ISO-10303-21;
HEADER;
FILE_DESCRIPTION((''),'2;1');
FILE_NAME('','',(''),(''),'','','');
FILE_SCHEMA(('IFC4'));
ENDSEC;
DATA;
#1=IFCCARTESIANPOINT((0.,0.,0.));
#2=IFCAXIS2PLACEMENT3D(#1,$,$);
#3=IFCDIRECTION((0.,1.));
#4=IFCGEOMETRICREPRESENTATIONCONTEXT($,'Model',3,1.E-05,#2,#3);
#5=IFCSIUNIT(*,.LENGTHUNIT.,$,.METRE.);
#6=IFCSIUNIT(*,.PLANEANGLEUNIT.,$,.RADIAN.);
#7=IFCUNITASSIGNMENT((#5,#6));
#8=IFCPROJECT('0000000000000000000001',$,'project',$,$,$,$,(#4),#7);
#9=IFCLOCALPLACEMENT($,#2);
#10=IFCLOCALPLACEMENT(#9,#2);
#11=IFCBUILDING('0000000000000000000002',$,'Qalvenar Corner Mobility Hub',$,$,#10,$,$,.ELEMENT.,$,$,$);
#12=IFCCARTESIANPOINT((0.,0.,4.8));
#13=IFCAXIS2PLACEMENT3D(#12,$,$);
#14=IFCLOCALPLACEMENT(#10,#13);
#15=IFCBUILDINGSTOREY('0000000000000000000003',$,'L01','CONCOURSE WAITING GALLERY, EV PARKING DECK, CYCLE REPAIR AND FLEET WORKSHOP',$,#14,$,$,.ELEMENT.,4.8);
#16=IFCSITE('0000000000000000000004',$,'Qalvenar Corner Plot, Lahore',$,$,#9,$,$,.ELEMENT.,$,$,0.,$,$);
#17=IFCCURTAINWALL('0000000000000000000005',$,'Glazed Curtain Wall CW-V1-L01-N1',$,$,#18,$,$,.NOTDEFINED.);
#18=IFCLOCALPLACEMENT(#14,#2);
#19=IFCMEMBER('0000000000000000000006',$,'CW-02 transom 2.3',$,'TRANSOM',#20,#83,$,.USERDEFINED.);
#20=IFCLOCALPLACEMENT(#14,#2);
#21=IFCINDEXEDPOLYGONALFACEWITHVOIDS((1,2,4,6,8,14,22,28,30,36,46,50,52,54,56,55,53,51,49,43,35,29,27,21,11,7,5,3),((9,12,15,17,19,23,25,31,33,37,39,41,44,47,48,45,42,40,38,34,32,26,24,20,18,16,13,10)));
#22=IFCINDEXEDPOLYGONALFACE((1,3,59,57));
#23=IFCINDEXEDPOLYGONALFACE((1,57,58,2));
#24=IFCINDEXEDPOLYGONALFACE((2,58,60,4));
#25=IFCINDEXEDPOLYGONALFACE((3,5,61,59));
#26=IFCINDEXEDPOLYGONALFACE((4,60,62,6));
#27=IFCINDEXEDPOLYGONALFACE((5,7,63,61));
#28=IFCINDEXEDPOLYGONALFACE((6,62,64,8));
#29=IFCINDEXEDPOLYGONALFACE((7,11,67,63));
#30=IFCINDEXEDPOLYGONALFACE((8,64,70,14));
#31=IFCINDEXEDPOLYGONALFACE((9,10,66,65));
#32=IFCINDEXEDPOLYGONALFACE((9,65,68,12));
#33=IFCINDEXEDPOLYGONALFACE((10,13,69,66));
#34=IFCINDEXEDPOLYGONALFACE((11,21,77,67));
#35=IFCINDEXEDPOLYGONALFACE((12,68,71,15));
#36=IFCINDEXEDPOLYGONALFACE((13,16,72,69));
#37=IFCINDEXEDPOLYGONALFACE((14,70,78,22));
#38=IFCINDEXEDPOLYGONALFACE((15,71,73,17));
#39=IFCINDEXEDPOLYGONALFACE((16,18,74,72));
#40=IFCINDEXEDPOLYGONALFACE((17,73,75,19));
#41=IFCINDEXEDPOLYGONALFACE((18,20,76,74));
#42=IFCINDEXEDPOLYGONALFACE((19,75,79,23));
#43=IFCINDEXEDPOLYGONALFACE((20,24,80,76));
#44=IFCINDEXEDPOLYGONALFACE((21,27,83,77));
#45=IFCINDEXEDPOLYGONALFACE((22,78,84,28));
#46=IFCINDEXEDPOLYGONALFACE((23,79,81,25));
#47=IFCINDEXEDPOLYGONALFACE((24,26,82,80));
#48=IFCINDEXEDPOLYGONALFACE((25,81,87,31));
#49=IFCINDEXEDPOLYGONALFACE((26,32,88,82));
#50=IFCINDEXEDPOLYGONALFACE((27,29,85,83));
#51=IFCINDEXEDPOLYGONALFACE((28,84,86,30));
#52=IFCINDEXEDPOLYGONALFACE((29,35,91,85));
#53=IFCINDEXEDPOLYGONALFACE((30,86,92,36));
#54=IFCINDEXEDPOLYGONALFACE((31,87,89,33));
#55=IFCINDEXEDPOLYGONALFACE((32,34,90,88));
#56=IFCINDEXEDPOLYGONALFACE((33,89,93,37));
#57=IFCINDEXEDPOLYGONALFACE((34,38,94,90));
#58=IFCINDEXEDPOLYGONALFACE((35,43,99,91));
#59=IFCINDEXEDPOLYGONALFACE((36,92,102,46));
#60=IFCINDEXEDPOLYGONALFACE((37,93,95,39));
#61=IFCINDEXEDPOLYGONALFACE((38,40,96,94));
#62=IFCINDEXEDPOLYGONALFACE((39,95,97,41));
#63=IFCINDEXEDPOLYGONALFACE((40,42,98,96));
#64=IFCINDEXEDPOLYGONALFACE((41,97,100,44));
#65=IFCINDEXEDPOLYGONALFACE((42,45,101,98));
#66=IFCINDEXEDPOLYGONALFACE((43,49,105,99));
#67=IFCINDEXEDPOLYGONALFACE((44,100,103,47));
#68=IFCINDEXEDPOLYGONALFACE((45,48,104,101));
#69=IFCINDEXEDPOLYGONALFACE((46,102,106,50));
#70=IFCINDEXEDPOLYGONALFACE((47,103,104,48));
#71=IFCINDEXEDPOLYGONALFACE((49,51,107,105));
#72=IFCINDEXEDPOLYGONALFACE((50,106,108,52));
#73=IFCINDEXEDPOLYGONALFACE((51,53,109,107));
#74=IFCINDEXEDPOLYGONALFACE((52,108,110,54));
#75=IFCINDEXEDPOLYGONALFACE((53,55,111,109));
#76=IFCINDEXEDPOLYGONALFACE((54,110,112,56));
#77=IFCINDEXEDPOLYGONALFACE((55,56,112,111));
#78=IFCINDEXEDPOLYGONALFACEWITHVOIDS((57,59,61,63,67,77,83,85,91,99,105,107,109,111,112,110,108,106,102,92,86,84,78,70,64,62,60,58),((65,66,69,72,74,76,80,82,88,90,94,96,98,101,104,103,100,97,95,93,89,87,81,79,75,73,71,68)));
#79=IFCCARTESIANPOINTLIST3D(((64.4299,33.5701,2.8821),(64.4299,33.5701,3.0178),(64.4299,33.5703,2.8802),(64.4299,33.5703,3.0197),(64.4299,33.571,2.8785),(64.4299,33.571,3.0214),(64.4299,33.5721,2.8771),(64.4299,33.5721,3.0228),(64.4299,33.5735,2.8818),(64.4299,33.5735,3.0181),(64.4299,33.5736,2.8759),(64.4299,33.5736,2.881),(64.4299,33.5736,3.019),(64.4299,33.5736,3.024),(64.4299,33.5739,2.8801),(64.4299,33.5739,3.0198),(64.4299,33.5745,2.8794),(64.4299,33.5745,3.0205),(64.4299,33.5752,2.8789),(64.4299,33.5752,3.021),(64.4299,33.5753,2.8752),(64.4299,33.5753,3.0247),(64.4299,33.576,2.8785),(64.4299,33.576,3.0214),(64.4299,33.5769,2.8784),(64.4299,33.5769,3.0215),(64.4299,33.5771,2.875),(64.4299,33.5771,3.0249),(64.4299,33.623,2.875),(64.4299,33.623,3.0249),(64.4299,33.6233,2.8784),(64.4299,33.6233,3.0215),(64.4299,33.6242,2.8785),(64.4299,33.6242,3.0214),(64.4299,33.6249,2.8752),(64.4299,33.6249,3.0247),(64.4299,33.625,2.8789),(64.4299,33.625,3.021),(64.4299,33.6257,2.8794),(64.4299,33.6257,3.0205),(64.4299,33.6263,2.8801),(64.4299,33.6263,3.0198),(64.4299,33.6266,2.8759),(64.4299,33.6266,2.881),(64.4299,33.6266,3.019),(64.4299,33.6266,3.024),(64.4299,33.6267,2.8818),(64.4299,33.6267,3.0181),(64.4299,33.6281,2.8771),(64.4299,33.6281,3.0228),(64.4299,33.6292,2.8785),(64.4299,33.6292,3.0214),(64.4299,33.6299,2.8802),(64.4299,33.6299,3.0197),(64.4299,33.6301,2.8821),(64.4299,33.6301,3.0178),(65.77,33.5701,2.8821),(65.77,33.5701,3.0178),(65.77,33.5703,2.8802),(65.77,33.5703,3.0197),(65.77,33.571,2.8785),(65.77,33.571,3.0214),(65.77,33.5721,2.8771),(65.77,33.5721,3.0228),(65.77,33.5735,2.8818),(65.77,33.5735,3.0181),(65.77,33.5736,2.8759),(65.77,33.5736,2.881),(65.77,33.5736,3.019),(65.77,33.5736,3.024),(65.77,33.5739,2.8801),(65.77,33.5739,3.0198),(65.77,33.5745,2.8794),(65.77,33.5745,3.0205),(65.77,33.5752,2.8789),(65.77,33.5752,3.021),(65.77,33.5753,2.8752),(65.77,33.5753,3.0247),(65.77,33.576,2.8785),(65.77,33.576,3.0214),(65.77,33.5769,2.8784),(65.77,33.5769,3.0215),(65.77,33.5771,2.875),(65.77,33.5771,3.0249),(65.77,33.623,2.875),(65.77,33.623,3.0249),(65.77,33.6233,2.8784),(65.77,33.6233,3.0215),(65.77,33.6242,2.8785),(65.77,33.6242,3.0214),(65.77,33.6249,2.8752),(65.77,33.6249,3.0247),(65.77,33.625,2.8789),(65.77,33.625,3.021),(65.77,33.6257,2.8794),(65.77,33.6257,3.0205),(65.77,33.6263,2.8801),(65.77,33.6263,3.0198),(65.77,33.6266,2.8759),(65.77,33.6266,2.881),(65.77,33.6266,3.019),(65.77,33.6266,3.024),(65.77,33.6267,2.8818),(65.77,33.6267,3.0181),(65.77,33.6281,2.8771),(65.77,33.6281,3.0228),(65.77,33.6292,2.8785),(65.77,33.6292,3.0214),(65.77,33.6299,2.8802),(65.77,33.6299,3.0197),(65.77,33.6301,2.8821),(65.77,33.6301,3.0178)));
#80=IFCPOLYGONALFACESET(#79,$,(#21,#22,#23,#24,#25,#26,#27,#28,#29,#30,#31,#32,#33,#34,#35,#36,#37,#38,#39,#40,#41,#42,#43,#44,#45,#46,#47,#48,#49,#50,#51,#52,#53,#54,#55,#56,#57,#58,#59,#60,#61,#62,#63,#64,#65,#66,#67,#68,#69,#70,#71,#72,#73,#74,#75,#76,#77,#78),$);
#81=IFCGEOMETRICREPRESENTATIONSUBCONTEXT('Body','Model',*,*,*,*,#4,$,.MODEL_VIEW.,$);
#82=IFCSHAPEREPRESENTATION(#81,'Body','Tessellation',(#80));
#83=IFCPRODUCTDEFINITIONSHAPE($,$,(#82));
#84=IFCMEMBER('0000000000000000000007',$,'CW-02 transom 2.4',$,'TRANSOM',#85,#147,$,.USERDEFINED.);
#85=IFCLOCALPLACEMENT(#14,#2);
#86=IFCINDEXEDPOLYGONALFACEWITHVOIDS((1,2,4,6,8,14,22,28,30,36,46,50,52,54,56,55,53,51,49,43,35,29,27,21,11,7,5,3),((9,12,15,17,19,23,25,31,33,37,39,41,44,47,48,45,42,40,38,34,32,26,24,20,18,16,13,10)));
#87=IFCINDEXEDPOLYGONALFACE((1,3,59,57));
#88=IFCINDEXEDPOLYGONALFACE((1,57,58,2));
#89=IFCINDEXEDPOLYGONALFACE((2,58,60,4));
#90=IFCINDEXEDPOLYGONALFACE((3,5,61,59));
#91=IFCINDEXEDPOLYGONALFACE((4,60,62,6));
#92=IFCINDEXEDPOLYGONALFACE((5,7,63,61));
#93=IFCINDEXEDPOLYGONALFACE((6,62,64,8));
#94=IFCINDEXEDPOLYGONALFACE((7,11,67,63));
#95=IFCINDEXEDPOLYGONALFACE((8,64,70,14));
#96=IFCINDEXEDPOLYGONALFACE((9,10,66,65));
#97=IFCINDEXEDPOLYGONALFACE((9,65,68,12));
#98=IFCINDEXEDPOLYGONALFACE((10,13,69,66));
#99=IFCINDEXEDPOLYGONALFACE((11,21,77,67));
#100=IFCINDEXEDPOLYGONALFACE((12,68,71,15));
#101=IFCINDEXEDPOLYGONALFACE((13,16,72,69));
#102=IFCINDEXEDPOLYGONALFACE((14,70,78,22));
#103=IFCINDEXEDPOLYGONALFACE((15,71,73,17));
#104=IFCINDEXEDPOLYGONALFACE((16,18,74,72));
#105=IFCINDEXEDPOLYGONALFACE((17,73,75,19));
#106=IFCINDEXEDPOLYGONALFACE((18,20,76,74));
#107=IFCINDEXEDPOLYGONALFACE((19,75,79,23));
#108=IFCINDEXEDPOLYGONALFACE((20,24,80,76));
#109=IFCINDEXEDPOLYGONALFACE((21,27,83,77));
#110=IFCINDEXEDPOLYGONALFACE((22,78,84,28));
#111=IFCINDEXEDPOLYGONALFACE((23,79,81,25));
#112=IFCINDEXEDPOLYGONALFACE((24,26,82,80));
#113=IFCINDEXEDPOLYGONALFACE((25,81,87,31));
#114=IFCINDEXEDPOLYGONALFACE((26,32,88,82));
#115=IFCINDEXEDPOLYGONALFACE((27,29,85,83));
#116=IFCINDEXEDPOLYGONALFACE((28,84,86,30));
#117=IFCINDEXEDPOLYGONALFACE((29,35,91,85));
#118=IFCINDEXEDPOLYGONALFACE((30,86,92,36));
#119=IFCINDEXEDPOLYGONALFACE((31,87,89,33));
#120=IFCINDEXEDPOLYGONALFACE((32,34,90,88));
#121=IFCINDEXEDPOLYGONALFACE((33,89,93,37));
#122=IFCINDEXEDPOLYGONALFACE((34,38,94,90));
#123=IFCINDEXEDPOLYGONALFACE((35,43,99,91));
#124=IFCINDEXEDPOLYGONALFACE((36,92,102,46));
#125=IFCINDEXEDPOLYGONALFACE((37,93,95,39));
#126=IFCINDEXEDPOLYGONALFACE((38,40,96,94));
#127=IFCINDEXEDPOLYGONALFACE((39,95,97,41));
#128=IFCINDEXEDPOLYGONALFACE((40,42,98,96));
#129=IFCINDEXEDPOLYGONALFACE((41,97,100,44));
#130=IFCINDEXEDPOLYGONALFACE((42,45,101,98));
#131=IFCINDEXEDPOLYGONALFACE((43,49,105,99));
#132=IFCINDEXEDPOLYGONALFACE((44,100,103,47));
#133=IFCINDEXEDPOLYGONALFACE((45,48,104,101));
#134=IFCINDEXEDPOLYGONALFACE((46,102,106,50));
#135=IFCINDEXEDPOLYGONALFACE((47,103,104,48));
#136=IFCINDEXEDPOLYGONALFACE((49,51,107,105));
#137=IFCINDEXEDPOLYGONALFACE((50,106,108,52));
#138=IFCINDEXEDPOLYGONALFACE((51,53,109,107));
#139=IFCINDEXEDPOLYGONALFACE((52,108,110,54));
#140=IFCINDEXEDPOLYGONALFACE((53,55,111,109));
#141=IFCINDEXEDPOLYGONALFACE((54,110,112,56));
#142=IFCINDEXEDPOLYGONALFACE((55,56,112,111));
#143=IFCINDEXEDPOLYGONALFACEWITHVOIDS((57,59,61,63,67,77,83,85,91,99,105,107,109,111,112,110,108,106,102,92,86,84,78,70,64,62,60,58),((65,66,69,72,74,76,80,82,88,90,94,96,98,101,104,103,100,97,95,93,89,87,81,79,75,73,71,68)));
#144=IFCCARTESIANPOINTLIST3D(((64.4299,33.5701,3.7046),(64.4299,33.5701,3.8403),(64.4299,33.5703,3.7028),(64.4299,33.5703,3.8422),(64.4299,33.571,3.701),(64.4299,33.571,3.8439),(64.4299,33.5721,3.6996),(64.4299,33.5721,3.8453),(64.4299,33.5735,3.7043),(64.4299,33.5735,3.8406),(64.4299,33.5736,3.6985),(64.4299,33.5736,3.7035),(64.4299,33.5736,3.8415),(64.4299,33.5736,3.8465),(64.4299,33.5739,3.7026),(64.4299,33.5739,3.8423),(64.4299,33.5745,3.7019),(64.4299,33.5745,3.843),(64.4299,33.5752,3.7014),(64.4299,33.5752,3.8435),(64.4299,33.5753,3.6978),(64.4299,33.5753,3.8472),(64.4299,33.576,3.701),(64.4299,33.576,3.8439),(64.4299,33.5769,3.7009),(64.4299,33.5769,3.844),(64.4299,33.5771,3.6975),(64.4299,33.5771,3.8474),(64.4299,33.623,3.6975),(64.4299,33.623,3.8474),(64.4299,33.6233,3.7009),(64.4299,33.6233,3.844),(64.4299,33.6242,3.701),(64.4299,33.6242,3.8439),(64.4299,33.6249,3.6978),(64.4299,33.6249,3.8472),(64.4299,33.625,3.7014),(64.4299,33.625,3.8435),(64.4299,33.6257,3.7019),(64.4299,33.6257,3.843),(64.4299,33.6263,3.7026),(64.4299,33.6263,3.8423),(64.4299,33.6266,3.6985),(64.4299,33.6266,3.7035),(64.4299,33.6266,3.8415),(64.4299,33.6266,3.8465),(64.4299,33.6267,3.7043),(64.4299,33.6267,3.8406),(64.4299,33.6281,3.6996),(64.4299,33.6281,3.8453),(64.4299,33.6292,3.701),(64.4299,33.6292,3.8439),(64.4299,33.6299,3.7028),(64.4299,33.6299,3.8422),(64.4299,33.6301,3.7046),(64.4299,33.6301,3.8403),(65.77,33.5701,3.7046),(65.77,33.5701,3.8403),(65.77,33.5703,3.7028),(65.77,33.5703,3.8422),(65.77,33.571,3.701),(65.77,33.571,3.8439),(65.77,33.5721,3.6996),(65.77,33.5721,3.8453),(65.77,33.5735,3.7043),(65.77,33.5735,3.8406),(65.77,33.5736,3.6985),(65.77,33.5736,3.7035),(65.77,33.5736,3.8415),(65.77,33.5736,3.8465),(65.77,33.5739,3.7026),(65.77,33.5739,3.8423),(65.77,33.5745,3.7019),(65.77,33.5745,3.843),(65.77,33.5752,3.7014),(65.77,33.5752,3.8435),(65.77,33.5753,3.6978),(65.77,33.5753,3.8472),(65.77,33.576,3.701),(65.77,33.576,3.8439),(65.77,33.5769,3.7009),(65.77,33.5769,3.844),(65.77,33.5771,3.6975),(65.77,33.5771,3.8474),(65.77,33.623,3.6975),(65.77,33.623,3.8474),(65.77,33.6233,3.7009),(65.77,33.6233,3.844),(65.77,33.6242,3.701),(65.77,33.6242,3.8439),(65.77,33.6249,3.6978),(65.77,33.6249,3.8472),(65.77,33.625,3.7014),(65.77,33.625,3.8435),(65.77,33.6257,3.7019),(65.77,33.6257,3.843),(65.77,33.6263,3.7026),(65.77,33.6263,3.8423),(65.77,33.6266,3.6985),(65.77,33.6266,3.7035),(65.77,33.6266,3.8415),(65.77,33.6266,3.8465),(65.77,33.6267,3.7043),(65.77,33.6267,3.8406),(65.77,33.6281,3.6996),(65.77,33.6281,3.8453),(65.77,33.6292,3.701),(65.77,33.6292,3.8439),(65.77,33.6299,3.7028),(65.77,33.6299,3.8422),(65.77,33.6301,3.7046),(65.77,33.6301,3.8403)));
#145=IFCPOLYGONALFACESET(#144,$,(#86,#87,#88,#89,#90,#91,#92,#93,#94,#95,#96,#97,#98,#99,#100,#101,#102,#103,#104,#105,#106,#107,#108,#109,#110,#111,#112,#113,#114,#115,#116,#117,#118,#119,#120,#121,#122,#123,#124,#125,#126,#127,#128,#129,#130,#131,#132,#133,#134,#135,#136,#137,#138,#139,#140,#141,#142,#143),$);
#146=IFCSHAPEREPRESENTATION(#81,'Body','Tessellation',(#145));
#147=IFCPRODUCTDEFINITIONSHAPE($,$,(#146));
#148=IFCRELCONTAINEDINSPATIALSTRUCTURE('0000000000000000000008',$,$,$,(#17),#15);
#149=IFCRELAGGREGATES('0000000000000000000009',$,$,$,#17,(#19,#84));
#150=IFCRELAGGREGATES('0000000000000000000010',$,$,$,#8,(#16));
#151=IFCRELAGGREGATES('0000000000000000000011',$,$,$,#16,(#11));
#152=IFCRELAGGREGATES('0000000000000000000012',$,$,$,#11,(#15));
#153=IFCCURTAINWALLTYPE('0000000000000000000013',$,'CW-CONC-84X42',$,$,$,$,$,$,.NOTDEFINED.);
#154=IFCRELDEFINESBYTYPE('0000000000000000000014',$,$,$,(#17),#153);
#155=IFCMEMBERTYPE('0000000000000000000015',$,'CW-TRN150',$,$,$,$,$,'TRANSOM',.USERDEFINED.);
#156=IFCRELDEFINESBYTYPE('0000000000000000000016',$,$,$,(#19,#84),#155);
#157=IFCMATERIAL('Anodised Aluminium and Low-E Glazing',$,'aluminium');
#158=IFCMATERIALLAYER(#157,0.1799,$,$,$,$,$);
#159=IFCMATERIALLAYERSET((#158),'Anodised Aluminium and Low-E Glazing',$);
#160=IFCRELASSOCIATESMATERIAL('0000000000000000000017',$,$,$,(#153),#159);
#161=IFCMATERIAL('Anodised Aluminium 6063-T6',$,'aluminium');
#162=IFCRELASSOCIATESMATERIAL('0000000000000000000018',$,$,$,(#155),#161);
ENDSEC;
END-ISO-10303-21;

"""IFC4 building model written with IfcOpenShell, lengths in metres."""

from ifc_helpers import new_model, si_unit, direction, frame, origin, origin_2d, place, context, subcontext, project, spatial, hollow_rectangle, extrude, material, layer, layer_set, material_profile, profile_set, type_object, element, aggregate, save


model = new_model("IFC4")

# Units and contexts
model_context = context("Model", 3, precision=1e-05, world=origin(), true_north=direction((0.0, 1.0)))
body_context = subcontext(model_context, "Body", "Model", "MODEL_VIEW")
ifc_project = project(units=[si_unit("LENGTHUNIT", "METRE"), si_unit("PLANEANGLEUNIT", "RADIAN")], contexts=[model_context])

# Site, building, storey
site_placement = place(None, origin())
site = spatial("IfcSite", under=ifc_project, at=site_placement, Name="Qalvenar Corner Plot, Lahore", CompositionType="ELEMENT", RefElevation=0.0)
building_placement = place(site_placement, origin())
building = spatial("IfcBuilding", under=site, at=building_placement, Name="Qalvenar Corner Mobility Hub", CompositionType="ELEMENT")
storey_placement = place(building_placement, frame((0.0, 0.0, 4.8)))
storey = spatial("IfcBuildingStorey", under=building, at=storey_placement, Name="L01", Description="CONCOURSE WAITING GALLERY, EV PARKING DECK, CYCLE REPAIR AND FLEET WORKSHOP", CompositionType="ELEMENT", Elevation=4.8)

# Curtain wall
ifc_material_1 = material(Name="Anodised Aluminium and Low-E Glazing", Category="aluminium")
ifc_material_2 = material(Name="Anodised Aluminium 6063-T6", Category="aluminium")
ifc_layer_1 = layer(ifc_material_1, 0.1799)
ifc_layer_set_1 = layer_set([ifc_layer_1], Name="Anodised Aluminium and Low-E Glazing")
curtain_wall_type_1 = type_object("IfcCurtainWallType", Name="CW-CONC-84X42", PredefinedType="NOTDEFINED", material=ifc_layer_set_1)
curtain_wall_1_placement = place(storey_placement, origin())
curtain_wall_1 = element("IfcCurtainWall", 1, at=curtain_wall_1_placement, inside=storey, type_object=curtain_wall_type_1, Name="Glazed Curtain Wall CW-V1-L01-N1", PredefinedType="NOTDEFINED")

# Members
ifc_material_profile_1 = material_profile(ifc_material_2, hollow_rectangle(XDim=0.0601, YDim=0.1499, WallThickness=0.0034, InnerFilletRadius=0.0034, OuterFilletRadius=0.0071, at=origin_2d()), Name="RHS150x60x3.5")
ifc_profile_set_1 = profile_set([ifc_material_profile_1], Name="Anodised Aluminium 6063-T6")
member_type_1 = type_object("IfcMemberType", Name="CW-TRN150", ElementType="TRANSOM", PredefinedType="USERDEFINED", material=ifc_profile_set_1)
member_1_placement = place(storey_placement, frame((65.77, 33.6001, 2.95), z_axis=(-1.0, 0.0, 0.0), x_axis=(0.0, -1.0, 0.0)))
member_1 = element("IfcMember", 2, at=member_1_placement, type_object=member_type_1, Name="CW-02 transom 2.3", ObjectType="TRANSOM", PredefinedType="USERDEFINED", context=body_context, shape_type="SweptSolid", body=[
    extrude(hollow_rectangle(XDim=0.0601, YDim=0.1499, WallThickness=0.0034, InnerFilletRadius=0.0034, OuterFilletRadius=0.0071, at=origin_2d()), origin(), (0.0, 0.0, 1.0), 1.3401),
])
member_2_placement = place(storey_placement, frame((65.77, 33.6001, 3.7725), z_axis=(-1.0, 0.0, 0.0), x_axis=(0.0, -1.0, 0.0)))
member_2 = element("IfcMember", 3, at=member_2_placement, type_object=member_type_1, Name="CW-02 transom 2.4", ObjectType="TRANSOM", PredefinedType="USERDEFINED", context=body_context, shape_type="SweptSolid", body=[
    extrude(hollow_rectangle(XDim=0.0601, YDim=0.1499, WallThickness=0.0034, InnerFilletRadius=0.0034, OuterFilletRadius=0.0071, at=origin_2d()), origin(), (0.0, 0.0, 1.0), 1.3401),
])

aggregate(curtain_wall_1, [member_1, member_2])

save(model, "model.ifc")
